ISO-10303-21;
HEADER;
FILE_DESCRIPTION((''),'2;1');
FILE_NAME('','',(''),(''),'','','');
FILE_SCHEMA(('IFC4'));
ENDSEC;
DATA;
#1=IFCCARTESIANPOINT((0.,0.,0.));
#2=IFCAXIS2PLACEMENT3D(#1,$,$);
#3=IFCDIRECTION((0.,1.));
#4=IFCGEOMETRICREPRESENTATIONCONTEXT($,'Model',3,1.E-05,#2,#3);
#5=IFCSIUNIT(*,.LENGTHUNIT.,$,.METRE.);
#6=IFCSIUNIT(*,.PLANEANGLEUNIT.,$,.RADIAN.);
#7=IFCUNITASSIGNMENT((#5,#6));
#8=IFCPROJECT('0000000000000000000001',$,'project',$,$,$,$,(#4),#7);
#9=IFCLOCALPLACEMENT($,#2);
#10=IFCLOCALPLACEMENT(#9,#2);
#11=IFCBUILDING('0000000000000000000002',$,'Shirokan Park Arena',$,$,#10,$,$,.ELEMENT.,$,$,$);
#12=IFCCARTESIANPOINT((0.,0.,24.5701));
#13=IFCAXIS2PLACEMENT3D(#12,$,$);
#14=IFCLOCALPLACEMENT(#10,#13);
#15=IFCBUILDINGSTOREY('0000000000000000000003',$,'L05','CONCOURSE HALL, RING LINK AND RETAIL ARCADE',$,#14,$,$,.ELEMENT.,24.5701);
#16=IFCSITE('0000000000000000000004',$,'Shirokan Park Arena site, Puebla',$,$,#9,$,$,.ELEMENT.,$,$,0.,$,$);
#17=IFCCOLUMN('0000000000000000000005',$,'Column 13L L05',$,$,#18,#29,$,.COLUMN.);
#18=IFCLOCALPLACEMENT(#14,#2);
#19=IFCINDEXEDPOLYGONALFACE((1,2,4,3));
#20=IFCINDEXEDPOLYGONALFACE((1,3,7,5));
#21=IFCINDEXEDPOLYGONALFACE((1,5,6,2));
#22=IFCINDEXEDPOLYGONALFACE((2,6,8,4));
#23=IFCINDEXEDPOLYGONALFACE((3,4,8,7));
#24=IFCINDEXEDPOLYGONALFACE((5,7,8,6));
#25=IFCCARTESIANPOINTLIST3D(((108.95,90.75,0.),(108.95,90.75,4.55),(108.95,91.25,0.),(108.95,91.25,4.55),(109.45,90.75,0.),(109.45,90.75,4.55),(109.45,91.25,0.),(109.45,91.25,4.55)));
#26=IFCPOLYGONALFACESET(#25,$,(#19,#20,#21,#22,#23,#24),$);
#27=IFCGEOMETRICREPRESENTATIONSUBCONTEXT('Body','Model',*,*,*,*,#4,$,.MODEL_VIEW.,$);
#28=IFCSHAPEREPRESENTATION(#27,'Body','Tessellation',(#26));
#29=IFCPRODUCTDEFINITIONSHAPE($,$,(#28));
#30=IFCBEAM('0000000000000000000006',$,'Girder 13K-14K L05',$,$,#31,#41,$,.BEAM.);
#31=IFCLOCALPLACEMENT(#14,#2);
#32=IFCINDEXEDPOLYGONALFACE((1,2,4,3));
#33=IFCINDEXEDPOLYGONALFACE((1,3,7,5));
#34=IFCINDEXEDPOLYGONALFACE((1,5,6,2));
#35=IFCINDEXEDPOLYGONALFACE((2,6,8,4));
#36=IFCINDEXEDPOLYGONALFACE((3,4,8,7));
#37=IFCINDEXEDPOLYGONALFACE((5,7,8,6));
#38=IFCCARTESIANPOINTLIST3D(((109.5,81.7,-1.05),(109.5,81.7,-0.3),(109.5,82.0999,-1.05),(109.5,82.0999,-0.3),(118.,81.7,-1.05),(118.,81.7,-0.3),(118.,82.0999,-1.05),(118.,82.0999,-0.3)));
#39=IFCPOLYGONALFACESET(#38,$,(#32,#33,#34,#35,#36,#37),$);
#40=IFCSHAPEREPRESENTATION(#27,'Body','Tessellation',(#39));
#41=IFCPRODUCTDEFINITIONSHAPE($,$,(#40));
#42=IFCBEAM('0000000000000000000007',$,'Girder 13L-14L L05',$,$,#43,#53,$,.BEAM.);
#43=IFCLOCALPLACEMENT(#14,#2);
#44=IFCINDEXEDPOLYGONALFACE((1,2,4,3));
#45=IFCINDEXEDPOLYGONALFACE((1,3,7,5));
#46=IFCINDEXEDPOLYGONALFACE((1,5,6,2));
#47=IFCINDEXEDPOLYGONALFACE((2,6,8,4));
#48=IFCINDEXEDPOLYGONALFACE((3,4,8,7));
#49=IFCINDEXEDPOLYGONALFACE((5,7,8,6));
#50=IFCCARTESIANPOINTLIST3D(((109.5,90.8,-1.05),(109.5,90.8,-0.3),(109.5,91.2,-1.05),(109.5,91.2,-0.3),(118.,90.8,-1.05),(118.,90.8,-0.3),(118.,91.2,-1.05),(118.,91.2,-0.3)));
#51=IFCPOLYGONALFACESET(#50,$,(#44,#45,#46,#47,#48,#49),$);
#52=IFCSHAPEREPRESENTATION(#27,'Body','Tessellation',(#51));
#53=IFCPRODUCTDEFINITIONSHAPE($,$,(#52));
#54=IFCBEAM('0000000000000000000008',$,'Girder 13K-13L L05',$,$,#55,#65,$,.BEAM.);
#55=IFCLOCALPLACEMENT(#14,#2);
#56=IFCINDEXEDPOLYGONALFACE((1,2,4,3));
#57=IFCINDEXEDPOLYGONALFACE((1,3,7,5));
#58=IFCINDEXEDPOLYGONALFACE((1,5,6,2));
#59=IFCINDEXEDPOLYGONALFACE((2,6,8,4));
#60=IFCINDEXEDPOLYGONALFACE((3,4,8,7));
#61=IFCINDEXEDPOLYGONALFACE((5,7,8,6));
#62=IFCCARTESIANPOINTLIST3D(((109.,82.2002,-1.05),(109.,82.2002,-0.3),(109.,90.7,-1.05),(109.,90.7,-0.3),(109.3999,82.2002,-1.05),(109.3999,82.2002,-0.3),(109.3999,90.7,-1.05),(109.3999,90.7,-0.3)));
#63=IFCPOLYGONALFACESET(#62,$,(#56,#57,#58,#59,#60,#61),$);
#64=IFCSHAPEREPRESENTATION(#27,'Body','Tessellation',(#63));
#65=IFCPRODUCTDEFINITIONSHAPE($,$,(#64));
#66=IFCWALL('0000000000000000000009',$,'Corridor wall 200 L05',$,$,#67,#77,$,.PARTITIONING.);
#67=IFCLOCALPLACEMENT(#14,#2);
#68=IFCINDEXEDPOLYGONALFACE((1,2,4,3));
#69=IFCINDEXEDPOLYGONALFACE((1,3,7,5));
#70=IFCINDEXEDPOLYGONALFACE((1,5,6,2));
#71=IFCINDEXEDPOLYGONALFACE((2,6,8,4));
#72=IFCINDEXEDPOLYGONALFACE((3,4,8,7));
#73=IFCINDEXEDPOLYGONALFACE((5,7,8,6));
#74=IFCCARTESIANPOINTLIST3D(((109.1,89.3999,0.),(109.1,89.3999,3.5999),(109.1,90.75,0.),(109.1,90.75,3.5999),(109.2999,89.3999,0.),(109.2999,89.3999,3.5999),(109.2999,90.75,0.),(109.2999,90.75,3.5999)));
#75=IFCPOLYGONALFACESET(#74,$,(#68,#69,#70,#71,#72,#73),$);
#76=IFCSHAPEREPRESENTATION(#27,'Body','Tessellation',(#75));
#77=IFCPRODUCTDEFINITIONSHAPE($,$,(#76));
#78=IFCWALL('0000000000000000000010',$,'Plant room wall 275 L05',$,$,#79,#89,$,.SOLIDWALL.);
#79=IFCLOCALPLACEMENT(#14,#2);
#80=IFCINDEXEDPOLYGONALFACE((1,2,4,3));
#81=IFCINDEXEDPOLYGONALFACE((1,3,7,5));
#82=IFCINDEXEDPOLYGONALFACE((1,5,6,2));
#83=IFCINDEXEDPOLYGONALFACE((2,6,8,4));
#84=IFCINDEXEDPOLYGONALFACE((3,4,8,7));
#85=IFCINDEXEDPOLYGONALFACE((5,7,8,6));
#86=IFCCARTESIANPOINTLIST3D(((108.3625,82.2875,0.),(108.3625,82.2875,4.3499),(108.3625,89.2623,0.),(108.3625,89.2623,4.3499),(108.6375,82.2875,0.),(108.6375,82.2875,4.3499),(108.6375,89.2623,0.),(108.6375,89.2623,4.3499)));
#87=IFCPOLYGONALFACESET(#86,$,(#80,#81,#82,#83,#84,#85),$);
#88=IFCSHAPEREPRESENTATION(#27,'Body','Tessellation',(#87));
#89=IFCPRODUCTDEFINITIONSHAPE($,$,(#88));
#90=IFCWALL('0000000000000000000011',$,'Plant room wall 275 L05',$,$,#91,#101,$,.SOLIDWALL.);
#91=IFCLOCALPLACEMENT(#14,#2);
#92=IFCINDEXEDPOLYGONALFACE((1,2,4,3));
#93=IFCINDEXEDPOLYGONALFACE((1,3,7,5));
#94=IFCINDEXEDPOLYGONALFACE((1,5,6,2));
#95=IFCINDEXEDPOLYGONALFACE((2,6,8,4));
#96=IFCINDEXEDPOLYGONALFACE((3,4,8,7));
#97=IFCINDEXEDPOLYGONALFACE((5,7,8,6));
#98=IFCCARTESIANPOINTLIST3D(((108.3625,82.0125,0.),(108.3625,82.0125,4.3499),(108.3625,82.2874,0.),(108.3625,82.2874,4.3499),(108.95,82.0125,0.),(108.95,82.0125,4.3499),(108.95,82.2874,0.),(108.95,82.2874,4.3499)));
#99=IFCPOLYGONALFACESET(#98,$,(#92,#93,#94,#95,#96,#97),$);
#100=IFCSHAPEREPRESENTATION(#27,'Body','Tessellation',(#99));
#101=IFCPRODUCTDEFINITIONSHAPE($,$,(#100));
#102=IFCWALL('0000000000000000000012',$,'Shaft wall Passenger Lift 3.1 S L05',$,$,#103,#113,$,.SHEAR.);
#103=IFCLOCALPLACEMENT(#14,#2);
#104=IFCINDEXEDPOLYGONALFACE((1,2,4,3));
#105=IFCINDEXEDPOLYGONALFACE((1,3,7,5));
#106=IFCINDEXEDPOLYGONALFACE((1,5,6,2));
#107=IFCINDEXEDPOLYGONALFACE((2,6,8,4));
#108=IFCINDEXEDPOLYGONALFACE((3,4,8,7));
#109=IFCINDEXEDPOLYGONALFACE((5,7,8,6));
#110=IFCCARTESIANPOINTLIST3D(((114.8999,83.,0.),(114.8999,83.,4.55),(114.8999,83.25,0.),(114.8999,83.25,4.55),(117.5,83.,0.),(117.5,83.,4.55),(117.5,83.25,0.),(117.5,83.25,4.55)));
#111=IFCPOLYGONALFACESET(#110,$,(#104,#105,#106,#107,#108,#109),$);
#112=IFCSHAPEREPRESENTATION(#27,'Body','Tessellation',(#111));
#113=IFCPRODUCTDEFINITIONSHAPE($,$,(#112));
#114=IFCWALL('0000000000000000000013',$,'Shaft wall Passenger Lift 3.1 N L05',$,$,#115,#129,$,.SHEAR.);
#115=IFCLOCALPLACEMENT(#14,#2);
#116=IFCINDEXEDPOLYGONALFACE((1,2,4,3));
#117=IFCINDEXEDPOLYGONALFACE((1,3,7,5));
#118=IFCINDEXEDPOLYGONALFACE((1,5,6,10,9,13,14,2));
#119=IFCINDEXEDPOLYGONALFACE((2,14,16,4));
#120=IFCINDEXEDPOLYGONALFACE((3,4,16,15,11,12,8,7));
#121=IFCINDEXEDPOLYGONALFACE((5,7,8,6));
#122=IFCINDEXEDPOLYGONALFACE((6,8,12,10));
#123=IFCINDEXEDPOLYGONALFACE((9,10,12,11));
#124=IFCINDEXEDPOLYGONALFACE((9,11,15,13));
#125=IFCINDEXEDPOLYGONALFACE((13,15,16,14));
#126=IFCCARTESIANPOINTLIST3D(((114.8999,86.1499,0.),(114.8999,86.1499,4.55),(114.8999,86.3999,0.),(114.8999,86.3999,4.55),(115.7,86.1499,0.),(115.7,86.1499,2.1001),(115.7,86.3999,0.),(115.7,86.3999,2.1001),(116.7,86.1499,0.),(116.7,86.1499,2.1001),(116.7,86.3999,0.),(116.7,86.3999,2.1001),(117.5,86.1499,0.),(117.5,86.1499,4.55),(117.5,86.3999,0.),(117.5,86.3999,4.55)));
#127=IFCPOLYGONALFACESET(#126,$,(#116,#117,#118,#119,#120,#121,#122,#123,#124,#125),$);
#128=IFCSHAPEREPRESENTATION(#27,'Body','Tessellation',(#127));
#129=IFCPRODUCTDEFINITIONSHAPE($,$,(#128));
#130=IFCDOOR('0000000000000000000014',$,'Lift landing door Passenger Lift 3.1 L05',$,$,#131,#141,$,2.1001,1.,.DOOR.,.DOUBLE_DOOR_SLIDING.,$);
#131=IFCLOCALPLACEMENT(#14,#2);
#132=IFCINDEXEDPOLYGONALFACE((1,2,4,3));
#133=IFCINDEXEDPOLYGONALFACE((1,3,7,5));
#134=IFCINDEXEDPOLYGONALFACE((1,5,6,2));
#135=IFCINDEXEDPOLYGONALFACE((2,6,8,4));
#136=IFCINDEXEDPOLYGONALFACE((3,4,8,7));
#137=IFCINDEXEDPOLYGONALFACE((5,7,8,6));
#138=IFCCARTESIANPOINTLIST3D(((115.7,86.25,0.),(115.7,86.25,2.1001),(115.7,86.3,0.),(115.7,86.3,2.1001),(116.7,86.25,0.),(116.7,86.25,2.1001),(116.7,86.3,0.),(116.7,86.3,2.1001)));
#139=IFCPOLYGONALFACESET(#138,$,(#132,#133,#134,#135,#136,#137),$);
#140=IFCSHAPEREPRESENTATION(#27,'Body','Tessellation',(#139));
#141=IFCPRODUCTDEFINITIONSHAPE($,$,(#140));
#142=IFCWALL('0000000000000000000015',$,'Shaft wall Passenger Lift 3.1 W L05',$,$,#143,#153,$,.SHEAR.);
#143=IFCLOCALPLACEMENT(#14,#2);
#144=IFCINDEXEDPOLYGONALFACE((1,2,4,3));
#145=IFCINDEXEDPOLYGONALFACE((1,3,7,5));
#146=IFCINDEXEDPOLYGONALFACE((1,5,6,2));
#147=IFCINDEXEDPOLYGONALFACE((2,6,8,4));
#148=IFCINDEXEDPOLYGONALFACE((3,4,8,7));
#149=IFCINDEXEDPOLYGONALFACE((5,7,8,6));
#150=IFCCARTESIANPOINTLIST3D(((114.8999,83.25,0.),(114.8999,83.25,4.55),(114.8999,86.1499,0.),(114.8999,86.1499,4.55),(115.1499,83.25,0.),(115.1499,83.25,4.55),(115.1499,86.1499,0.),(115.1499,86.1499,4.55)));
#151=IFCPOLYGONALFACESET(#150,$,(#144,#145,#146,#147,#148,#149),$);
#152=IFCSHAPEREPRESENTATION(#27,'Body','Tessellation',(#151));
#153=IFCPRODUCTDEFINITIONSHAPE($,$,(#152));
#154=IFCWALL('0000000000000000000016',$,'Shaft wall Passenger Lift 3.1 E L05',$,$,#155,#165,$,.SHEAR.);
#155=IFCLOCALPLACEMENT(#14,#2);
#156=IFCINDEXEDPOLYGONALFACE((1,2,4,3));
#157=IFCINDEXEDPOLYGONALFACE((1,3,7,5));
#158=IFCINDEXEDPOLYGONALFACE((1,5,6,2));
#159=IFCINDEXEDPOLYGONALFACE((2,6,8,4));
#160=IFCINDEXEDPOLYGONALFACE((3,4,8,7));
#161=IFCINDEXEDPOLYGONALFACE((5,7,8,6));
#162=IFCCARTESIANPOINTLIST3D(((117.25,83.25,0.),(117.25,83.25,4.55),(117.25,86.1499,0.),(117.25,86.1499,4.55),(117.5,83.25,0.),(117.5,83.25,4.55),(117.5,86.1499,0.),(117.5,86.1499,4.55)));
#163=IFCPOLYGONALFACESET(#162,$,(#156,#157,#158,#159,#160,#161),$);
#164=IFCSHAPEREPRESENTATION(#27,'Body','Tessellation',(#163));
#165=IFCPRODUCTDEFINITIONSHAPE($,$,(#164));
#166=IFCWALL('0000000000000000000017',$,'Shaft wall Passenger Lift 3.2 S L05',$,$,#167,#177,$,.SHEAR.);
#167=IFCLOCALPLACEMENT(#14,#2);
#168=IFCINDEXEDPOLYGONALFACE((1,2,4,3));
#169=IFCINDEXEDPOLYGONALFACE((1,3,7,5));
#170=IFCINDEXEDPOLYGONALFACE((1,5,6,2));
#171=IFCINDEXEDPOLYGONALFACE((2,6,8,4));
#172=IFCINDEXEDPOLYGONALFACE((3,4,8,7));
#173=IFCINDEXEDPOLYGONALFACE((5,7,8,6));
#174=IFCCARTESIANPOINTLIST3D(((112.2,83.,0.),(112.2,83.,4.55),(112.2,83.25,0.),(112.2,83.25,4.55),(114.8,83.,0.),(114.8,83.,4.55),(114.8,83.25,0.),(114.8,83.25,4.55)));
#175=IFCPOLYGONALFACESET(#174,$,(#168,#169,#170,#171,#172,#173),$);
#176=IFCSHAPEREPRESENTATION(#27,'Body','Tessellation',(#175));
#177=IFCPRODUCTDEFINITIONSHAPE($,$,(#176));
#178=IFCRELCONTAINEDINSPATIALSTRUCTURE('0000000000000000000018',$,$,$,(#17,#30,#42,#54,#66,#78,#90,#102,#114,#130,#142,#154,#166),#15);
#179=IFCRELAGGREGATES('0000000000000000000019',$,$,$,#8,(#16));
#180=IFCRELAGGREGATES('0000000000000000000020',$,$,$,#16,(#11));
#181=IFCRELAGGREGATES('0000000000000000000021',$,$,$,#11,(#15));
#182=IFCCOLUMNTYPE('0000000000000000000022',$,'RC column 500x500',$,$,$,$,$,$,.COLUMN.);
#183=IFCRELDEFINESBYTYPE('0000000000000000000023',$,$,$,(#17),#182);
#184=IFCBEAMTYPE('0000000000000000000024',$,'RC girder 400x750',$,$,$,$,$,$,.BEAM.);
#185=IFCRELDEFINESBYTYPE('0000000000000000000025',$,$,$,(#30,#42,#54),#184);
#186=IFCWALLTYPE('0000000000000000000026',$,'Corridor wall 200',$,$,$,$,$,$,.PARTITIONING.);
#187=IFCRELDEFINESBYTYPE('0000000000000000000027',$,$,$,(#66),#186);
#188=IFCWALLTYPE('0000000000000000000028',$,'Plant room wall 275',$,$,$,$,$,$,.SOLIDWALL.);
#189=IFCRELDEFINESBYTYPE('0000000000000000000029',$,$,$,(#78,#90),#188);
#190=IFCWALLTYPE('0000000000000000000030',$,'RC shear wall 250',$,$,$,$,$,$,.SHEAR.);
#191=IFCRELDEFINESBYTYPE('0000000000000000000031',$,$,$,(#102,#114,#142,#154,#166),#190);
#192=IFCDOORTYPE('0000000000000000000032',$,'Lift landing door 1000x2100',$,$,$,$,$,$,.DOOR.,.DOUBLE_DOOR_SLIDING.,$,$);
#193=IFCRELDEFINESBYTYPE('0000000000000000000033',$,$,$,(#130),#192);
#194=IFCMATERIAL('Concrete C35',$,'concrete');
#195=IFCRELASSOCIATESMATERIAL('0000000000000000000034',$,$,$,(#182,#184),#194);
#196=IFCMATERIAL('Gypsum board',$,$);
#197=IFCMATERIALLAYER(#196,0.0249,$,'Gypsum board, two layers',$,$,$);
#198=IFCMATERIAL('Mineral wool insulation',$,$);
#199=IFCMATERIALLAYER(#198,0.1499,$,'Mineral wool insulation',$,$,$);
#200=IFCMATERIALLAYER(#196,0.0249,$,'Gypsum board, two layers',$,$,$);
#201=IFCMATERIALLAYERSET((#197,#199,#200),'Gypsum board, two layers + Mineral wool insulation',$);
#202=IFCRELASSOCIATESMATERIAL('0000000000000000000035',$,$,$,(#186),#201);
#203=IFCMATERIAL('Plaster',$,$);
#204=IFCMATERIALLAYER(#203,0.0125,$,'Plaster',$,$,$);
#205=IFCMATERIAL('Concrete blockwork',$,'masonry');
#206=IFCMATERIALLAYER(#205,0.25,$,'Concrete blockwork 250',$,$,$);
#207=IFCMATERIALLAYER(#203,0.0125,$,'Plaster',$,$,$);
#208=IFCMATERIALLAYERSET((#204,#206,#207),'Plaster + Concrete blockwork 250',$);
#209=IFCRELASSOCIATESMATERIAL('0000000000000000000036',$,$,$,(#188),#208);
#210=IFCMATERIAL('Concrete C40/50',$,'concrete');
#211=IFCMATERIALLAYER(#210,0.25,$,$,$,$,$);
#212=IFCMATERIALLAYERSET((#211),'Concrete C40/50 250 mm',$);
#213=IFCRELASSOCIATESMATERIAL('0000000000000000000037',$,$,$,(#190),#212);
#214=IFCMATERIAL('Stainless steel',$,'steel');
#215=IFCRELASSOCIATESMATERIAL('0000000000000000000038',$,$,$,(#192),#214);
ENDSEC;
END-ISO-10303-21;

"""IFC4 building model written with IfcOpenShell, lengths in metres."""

from ifc_helpers import new_model, si_unit, direction, frame, frame_2d, origin, origin_2d, place, context, subcontext, project, spatial, rectangle, extrude, material, layer, layer_set, material_profile, profile_set, type_object, element, fill, save


model = new_model("IFC4")

# Units and contexts
model_context = context("Model", 3, precision=1e-05, world=origin(), true_north=direction((0.0, 1.0)))
body_context = subcontext(model_context, "Body", "Model", "MODEL_VIEW")
ifc_project = project(units=[si_unit("LENGTHUNIT", "METRE"), si_unit("PLANEANGLEUNIT", "RADIAN")], contexts=[model_context])

# Site, building, storey
site_placement = place(None, origin())
site = spatial("IfcSite", under=ifc_project, at=site_placement, Name="Shirokan Park Arena site, Puebla", CompositionType="ELEMENT", RefElevation=0.0)
building_placement = place(site_placement, origin())
building = spatial("IfcBuilding", under=site, at=building_placement, Name="Shirokan Park Arena", CompositionType="ELEMENT")
storey_placement = place(building_placement, frame((0.0, 0.0, 24.5701)))
storey = spatial("IfcBuildingStorey", under=building, at=storey_placement, Name="L05", Description="CONCOURSE HALL, RING LINK AND RETAIL ARCADE", CompositionType="ELEMENT", Elevation=24.5701)

# Column
ifc_material_1 = material(Name="Concrete C35", Category="concrete")
ifc_material_profile_1 = material_profile(ifc_material_1, rectangle(XDim=0.5, YDim=0.5, at=origin_2d()), Name="500x500")
ifc_profile_set_1 = profile_set([ifc_material_profile_1], Name="Concrete C35")
column_type = type_object("IfcColumnType", Name="RC column 500x500", PredefinedType="COLUMN", material=ifc_profile_set_1)
column_placement = place(storey_placement, frame((109.2, 91.0, 0.0), z_axis=(0.0, 0.0, 1.0), x_axis=(1.0, 0.0, 0.0)))
element("IfcColumn", 1, at=column_placement, inside=storey, type_object=column_type, Name="Column 13L L05", PredefinedType="COLUMN", context=body_context, shape_type="SweptSolid", body=[
    extrude(rectangle(XDim=0.5, YDim=0.5, at=origin_2d()), origin(), (0.0, 0.0, 1.0), 4.55),
])

# Beams
ifc_material_profile_2 = material_profile(ifc_material_1, rectangle(XDim=0.3999, YDim=0.75, at=origin_2d()), Name="400x750")
ifc_profile_set_2 = profile_set([ifc_material_profile_2], Name="Concrete C35")
beam_type = type_object("IfcBeamType", Name="RC girder 400x750", PredefinedType="BEAM", material=ifc_profile_set_2)
for number, where, z_axis, x_axis, name in (
    (2, (109.5, 81.8999, -0.675), (1.0, 0.0, 0.0), (0.0, 1.0, 0.0), "Girder 13K-14K L05"),
    (3, (109.5, 91.0, -0.675), (1.0, 0.0, 0.0), (0.0, 1.0, 0.0), "Girder 13L-14L L05"),
):
    element("IfcBeam", number, at=place(storey_placement, frame(where, z_axis=z_axis, x_axis=x_axis)), inside=storey, type_object=beam_type, Name=name, PredefinedType="BEAM", context=body_context, shape_type="SweptSolid", body=[
        extrude(rectangle(XDim=0.3999, YDim=0.75, at=origin_2d()), origin(), (0.0, 0.0, 1.0), 8.5),
    ])
beam_placement = place(storey_placement, frame((109.2, 82.2002, -0.675), z_axis=(0.0, 1.0, 0.0), x_axis=(-1.0, 0.0, 0.0)))
element("IfcBeam", 4, at=beam_placement, inside=storey, type_object=beam_type, Name="Girder 13K-13L L05", PredefinedType="BEAM", context=body_context, shape_type="SweptSolid", body=[
    extrude(rectangle(XDim=0.3999, YDim=0.75, at=origin_2d()), origin(), (0.0, 0.0, 1.0), 8.4998),
])

# Wall
ifc_material_2 = material(Name="Gypsum board")
ifc_layer_1 = layer(ifc_material_2, 0.0249, Name="Gypsum board, two layers")
ifc_material_3 = material(Name="Mineral wool insulation")
ifc_layer_2 = layer(ifc_material_3, 0.1499, Name="Mineral wool insulation")
ifc_layer_3 = layer(ifc_material_2, 0.0249, Name="Gypsum board, two layers")
ifc_layer_set_1 = layer_set([ifc_layer_1, ifc_layer_2, ifc_layer_3], Name="Gypsum board, two layers + Mineral wool insulation")
wall_type_1 = type_object("IfcWallType", Name="Corridor wall 200", PredefinedType="PARTITIONING", material=ifc_layer_set_1)
wall_1_placement = place(storey_placement, frame((109.2, 89.3999, 0.0), z_axis=(0.0, 0.0, 1.0), x_axis=(0.0, 1.0, 0.0)))
element("IfcWall", 5, at=wall_1_placement, inside=storey, type_object=wall_type_1, Name="Corridor wall 200 L05", PredefinedType="PARTITIONING", context=body_context, shape_type="SweptSolid", body=[
    extrude(rectangle(XDim=1.3501, YDim=0.2, at=frame_2d((0.675, 0.0))), origin(), (0.0, 0.0, 1.0), 3.5999),
])

# Wall
ifc_material_4 = material(Name="Plaster")
ifc_layer_4 = layer(ifc_material_4, 0.0125, Name="Plaster")
ifc_material_5 = material(Name="Concrete blockwork", Category="masonry")
ifc_layer_5 = layer(ifc_material_5, 0.25, Name="Concrete blockwork 250")
ifc_layer_6 = layer(ifc_material_4, 0.0125, Name="Plaster")
ifc_layer_set_2 = layer_set([ifc_layer_4, ifc_layer_5, ifc_layer_6], Name="Plaster + Concrete blockwork 250")
wall_type_2 = type_object("IfcWallType", Name="Plant room wall 275", PredefinedType="SOLIDWALL", material=ifc_layer_set_2)
wall_2_placement = place(storey_placement, frame((108.5, 82.2876, 0.0), z_axis=(0.0, 0.0, 1.0), x_axis=(0.0, 1.0, 0.0)))
element("IfcWall", 6, at=wall_2_placement, inside=storey, type_object=wall_type_2, Name="Plant room wall 275 L05", PredefinedType="SOLIDWALL", context=body_context, shape_type="SweptSolid", body=[
    extrude(rectangle(XDim=6.9749, YDim=0.2749, at=frame_2d((3.4873, 0.0))), origin(), (0.0, 0.0, 1.0), 4.3499),
])

# Walls
wall_3_placement = place(storey_placement, frame((108.95, 82.1499, 0.0), z_axis=(0.0, 0.0, 1.0), x_axis=(-1.0, 0.0, 0.0)))
element("IfcWall", 7, at=wall_3_placement, inside=storey, type_object=wall_type_2, Name="Plant room wall 275 L05", PredefinedType="SOLIDWALL", context=body_context, shape_type="SweptSolid", body=[
    extrude(rectangle(XDim=0.5874, YDim=0.2749, at=frame_2d((0.2937, 0.0))), origin(), (0.0, 0.0, 1.0), 4.3499),
])
ifc_material_6 = material(Name="Concrete C40/50", Category="concrete")
ifc_layer_7 = layer(ifc_material_6, 0.25)
ifc_layer_set_3 = layer_set([ifc_layer_7], Name="Concrete C40/50 250 mm")
wall_type_3 = type_object("IfcWallType", Name="RC shear wall 250", PredefinedType="SHEAR", material=ifc_layer_set_3)
wall_4_placement = place(storey_placement, frame((117.5, 83.125, 0.0), z_axis=(0.0, 0.0, 1.0), x_axis=(-1.0, 0.0, 0.0)))
element("IfcWall", 8, at=wall_4_placement, inside=storey, type_object=wall_type_3, Name="Shaft wall Passenger Lift 3.1 S L05", PredefinedType="SHEAR", context=body_context, shape_type="SweptSolid", body=[
    extrude(rectangle(XDim=2.6001, YDim=0.25, at=frame_2d((1.3, 0.0))), origin(), (0.0, 0.0, 1.0), 4.55),
])

# Wall, opening, door
wall_5_placement = place(storey_placement, frame((117.5, 86.2749, 0.0), z_axis=(0.0, 0.0, 1.0), x_axis=(-1.0, 0.0, 0.0)))
wall_5 = element("IfcWall", 9, at=wall_5_placement, inside=storey, type_object=wall_type_3, Name="Shaft wall Passenger Lift 3.1 N L05", PredefinedType="SHEAR", context=body_context, shape_type="SweptSolid", body=[
    extrude(rectangle(XDim=2.6001, YDim=0.25, at=frame_2d((1.3, 0.0))), origin(), (0.0, 0.0, 1.0), 4.55),
])
opening_1_placement = place(wall_5_placement, frame((0.8, 0.0, 0.0)))
opening_1 = element("IfcOpeningElement", 10, at=opening_1_placement, cuts=wall_5, PredefinedType="OPENING", context=body_context, shape_type="SweptSolid", body=[
    extrude(rectangle(XDim=1.0, YDim=2.1001, at=frame_2d((0.5, 1.05))), frame((0.0, 0.135, 0.0), z_axis=(0.0, -1.0, 0.0), x_axis=(1.0, 0.0, 0.0)), (0.0, 0.0, 1.0), 0.27),
])
ifc_material_7 = material(Name="Stainless steel", Category="steel")
door_type_1 = type_object("IfcDoorType", Name="Lift landing door 1000x2100", OperationType="DOUBLE_DOOR_SLIDING", PredefinedType="DOOR", material=ifc_material_7)
door_1_placement = place(opening_1_placement, origin())
door_1 = element("IfcDoor", 11, at=door_1_placement, inside=storey, type_object=door_type_1, Name="Lift landing door Passenger Lift 3.1 L05", OperationType="DOUBLE_DOOR_SLIDING", OverallHeight=2.1001, OverallWidth=1.0, PredefinedType="DOOR", context=body_context, shape_type="SweptSolid", body=[
    extrude(rectangle(XDim=1.0, YDim=2.1001, at=frame_2d((0.5, 1.05))), frame((0.0, 0.0249, 0.0), z_axis=(0.0, -1.0, 0.0), x_axis=(1.0, 0.0, 0.0)), (0.0, 0.0, 1.0), 0.05),
])
fill(opening_1, door_1)

# Walls
for number, where, z_axis, x_axis, name in (
    (12, (115.0249, 86.1499, 0.0), (0.0, 0.0, 1.0), (0.0, -1.0, 0.0), "Shaft wall Passenger Lift 3.1 W L05"),
    (13, (117.375, 86.1499, 0.0), (0.0, 0.0, 1.0), (0.0, -1.0, 0.0), "Shaft wall Passenger Lift 3.1 E L05"),
):
    element("IfcWall", number, at=place(storey_placement, frame(where, z_axis=z_axis, x_axis=x_axis)), inside=storey, type_object=wall_type_3, Name=name, PredefinedType="SHEAR", context=body_context, shape_type="SweptSolid", body=[
        extrude(rectangle(XDim=2.8999, YDim=0.25, at=frame_2d((1.45, 0.0))), origin(), (0.0, 0.0, 1.0), 4.55),
    ])
wall_6_placement = place(storey_placement, frame((114.8, 83.125, 0.0), z_axis=(0.0, 0.0, 1.0), x_axis=(-1.0, 0.0, 0.0)))
element("IfcWall", 14, at=wall_6_placement, inside=storey, type_object=wall_type_3, Name="Shaft wall Passenger Lift 3.2 S L05", PredefinedType="SHEAR", context=body_context, shape_type="SweptSolid", body=[
    extrude(rectangle(XDim=2.6001, YDim=0.25, at=frame_2d((1.3, 0.0))), origin(), (0.0, 0.0, 1.0), 4.55),
])

save(model, "model.ifc")
